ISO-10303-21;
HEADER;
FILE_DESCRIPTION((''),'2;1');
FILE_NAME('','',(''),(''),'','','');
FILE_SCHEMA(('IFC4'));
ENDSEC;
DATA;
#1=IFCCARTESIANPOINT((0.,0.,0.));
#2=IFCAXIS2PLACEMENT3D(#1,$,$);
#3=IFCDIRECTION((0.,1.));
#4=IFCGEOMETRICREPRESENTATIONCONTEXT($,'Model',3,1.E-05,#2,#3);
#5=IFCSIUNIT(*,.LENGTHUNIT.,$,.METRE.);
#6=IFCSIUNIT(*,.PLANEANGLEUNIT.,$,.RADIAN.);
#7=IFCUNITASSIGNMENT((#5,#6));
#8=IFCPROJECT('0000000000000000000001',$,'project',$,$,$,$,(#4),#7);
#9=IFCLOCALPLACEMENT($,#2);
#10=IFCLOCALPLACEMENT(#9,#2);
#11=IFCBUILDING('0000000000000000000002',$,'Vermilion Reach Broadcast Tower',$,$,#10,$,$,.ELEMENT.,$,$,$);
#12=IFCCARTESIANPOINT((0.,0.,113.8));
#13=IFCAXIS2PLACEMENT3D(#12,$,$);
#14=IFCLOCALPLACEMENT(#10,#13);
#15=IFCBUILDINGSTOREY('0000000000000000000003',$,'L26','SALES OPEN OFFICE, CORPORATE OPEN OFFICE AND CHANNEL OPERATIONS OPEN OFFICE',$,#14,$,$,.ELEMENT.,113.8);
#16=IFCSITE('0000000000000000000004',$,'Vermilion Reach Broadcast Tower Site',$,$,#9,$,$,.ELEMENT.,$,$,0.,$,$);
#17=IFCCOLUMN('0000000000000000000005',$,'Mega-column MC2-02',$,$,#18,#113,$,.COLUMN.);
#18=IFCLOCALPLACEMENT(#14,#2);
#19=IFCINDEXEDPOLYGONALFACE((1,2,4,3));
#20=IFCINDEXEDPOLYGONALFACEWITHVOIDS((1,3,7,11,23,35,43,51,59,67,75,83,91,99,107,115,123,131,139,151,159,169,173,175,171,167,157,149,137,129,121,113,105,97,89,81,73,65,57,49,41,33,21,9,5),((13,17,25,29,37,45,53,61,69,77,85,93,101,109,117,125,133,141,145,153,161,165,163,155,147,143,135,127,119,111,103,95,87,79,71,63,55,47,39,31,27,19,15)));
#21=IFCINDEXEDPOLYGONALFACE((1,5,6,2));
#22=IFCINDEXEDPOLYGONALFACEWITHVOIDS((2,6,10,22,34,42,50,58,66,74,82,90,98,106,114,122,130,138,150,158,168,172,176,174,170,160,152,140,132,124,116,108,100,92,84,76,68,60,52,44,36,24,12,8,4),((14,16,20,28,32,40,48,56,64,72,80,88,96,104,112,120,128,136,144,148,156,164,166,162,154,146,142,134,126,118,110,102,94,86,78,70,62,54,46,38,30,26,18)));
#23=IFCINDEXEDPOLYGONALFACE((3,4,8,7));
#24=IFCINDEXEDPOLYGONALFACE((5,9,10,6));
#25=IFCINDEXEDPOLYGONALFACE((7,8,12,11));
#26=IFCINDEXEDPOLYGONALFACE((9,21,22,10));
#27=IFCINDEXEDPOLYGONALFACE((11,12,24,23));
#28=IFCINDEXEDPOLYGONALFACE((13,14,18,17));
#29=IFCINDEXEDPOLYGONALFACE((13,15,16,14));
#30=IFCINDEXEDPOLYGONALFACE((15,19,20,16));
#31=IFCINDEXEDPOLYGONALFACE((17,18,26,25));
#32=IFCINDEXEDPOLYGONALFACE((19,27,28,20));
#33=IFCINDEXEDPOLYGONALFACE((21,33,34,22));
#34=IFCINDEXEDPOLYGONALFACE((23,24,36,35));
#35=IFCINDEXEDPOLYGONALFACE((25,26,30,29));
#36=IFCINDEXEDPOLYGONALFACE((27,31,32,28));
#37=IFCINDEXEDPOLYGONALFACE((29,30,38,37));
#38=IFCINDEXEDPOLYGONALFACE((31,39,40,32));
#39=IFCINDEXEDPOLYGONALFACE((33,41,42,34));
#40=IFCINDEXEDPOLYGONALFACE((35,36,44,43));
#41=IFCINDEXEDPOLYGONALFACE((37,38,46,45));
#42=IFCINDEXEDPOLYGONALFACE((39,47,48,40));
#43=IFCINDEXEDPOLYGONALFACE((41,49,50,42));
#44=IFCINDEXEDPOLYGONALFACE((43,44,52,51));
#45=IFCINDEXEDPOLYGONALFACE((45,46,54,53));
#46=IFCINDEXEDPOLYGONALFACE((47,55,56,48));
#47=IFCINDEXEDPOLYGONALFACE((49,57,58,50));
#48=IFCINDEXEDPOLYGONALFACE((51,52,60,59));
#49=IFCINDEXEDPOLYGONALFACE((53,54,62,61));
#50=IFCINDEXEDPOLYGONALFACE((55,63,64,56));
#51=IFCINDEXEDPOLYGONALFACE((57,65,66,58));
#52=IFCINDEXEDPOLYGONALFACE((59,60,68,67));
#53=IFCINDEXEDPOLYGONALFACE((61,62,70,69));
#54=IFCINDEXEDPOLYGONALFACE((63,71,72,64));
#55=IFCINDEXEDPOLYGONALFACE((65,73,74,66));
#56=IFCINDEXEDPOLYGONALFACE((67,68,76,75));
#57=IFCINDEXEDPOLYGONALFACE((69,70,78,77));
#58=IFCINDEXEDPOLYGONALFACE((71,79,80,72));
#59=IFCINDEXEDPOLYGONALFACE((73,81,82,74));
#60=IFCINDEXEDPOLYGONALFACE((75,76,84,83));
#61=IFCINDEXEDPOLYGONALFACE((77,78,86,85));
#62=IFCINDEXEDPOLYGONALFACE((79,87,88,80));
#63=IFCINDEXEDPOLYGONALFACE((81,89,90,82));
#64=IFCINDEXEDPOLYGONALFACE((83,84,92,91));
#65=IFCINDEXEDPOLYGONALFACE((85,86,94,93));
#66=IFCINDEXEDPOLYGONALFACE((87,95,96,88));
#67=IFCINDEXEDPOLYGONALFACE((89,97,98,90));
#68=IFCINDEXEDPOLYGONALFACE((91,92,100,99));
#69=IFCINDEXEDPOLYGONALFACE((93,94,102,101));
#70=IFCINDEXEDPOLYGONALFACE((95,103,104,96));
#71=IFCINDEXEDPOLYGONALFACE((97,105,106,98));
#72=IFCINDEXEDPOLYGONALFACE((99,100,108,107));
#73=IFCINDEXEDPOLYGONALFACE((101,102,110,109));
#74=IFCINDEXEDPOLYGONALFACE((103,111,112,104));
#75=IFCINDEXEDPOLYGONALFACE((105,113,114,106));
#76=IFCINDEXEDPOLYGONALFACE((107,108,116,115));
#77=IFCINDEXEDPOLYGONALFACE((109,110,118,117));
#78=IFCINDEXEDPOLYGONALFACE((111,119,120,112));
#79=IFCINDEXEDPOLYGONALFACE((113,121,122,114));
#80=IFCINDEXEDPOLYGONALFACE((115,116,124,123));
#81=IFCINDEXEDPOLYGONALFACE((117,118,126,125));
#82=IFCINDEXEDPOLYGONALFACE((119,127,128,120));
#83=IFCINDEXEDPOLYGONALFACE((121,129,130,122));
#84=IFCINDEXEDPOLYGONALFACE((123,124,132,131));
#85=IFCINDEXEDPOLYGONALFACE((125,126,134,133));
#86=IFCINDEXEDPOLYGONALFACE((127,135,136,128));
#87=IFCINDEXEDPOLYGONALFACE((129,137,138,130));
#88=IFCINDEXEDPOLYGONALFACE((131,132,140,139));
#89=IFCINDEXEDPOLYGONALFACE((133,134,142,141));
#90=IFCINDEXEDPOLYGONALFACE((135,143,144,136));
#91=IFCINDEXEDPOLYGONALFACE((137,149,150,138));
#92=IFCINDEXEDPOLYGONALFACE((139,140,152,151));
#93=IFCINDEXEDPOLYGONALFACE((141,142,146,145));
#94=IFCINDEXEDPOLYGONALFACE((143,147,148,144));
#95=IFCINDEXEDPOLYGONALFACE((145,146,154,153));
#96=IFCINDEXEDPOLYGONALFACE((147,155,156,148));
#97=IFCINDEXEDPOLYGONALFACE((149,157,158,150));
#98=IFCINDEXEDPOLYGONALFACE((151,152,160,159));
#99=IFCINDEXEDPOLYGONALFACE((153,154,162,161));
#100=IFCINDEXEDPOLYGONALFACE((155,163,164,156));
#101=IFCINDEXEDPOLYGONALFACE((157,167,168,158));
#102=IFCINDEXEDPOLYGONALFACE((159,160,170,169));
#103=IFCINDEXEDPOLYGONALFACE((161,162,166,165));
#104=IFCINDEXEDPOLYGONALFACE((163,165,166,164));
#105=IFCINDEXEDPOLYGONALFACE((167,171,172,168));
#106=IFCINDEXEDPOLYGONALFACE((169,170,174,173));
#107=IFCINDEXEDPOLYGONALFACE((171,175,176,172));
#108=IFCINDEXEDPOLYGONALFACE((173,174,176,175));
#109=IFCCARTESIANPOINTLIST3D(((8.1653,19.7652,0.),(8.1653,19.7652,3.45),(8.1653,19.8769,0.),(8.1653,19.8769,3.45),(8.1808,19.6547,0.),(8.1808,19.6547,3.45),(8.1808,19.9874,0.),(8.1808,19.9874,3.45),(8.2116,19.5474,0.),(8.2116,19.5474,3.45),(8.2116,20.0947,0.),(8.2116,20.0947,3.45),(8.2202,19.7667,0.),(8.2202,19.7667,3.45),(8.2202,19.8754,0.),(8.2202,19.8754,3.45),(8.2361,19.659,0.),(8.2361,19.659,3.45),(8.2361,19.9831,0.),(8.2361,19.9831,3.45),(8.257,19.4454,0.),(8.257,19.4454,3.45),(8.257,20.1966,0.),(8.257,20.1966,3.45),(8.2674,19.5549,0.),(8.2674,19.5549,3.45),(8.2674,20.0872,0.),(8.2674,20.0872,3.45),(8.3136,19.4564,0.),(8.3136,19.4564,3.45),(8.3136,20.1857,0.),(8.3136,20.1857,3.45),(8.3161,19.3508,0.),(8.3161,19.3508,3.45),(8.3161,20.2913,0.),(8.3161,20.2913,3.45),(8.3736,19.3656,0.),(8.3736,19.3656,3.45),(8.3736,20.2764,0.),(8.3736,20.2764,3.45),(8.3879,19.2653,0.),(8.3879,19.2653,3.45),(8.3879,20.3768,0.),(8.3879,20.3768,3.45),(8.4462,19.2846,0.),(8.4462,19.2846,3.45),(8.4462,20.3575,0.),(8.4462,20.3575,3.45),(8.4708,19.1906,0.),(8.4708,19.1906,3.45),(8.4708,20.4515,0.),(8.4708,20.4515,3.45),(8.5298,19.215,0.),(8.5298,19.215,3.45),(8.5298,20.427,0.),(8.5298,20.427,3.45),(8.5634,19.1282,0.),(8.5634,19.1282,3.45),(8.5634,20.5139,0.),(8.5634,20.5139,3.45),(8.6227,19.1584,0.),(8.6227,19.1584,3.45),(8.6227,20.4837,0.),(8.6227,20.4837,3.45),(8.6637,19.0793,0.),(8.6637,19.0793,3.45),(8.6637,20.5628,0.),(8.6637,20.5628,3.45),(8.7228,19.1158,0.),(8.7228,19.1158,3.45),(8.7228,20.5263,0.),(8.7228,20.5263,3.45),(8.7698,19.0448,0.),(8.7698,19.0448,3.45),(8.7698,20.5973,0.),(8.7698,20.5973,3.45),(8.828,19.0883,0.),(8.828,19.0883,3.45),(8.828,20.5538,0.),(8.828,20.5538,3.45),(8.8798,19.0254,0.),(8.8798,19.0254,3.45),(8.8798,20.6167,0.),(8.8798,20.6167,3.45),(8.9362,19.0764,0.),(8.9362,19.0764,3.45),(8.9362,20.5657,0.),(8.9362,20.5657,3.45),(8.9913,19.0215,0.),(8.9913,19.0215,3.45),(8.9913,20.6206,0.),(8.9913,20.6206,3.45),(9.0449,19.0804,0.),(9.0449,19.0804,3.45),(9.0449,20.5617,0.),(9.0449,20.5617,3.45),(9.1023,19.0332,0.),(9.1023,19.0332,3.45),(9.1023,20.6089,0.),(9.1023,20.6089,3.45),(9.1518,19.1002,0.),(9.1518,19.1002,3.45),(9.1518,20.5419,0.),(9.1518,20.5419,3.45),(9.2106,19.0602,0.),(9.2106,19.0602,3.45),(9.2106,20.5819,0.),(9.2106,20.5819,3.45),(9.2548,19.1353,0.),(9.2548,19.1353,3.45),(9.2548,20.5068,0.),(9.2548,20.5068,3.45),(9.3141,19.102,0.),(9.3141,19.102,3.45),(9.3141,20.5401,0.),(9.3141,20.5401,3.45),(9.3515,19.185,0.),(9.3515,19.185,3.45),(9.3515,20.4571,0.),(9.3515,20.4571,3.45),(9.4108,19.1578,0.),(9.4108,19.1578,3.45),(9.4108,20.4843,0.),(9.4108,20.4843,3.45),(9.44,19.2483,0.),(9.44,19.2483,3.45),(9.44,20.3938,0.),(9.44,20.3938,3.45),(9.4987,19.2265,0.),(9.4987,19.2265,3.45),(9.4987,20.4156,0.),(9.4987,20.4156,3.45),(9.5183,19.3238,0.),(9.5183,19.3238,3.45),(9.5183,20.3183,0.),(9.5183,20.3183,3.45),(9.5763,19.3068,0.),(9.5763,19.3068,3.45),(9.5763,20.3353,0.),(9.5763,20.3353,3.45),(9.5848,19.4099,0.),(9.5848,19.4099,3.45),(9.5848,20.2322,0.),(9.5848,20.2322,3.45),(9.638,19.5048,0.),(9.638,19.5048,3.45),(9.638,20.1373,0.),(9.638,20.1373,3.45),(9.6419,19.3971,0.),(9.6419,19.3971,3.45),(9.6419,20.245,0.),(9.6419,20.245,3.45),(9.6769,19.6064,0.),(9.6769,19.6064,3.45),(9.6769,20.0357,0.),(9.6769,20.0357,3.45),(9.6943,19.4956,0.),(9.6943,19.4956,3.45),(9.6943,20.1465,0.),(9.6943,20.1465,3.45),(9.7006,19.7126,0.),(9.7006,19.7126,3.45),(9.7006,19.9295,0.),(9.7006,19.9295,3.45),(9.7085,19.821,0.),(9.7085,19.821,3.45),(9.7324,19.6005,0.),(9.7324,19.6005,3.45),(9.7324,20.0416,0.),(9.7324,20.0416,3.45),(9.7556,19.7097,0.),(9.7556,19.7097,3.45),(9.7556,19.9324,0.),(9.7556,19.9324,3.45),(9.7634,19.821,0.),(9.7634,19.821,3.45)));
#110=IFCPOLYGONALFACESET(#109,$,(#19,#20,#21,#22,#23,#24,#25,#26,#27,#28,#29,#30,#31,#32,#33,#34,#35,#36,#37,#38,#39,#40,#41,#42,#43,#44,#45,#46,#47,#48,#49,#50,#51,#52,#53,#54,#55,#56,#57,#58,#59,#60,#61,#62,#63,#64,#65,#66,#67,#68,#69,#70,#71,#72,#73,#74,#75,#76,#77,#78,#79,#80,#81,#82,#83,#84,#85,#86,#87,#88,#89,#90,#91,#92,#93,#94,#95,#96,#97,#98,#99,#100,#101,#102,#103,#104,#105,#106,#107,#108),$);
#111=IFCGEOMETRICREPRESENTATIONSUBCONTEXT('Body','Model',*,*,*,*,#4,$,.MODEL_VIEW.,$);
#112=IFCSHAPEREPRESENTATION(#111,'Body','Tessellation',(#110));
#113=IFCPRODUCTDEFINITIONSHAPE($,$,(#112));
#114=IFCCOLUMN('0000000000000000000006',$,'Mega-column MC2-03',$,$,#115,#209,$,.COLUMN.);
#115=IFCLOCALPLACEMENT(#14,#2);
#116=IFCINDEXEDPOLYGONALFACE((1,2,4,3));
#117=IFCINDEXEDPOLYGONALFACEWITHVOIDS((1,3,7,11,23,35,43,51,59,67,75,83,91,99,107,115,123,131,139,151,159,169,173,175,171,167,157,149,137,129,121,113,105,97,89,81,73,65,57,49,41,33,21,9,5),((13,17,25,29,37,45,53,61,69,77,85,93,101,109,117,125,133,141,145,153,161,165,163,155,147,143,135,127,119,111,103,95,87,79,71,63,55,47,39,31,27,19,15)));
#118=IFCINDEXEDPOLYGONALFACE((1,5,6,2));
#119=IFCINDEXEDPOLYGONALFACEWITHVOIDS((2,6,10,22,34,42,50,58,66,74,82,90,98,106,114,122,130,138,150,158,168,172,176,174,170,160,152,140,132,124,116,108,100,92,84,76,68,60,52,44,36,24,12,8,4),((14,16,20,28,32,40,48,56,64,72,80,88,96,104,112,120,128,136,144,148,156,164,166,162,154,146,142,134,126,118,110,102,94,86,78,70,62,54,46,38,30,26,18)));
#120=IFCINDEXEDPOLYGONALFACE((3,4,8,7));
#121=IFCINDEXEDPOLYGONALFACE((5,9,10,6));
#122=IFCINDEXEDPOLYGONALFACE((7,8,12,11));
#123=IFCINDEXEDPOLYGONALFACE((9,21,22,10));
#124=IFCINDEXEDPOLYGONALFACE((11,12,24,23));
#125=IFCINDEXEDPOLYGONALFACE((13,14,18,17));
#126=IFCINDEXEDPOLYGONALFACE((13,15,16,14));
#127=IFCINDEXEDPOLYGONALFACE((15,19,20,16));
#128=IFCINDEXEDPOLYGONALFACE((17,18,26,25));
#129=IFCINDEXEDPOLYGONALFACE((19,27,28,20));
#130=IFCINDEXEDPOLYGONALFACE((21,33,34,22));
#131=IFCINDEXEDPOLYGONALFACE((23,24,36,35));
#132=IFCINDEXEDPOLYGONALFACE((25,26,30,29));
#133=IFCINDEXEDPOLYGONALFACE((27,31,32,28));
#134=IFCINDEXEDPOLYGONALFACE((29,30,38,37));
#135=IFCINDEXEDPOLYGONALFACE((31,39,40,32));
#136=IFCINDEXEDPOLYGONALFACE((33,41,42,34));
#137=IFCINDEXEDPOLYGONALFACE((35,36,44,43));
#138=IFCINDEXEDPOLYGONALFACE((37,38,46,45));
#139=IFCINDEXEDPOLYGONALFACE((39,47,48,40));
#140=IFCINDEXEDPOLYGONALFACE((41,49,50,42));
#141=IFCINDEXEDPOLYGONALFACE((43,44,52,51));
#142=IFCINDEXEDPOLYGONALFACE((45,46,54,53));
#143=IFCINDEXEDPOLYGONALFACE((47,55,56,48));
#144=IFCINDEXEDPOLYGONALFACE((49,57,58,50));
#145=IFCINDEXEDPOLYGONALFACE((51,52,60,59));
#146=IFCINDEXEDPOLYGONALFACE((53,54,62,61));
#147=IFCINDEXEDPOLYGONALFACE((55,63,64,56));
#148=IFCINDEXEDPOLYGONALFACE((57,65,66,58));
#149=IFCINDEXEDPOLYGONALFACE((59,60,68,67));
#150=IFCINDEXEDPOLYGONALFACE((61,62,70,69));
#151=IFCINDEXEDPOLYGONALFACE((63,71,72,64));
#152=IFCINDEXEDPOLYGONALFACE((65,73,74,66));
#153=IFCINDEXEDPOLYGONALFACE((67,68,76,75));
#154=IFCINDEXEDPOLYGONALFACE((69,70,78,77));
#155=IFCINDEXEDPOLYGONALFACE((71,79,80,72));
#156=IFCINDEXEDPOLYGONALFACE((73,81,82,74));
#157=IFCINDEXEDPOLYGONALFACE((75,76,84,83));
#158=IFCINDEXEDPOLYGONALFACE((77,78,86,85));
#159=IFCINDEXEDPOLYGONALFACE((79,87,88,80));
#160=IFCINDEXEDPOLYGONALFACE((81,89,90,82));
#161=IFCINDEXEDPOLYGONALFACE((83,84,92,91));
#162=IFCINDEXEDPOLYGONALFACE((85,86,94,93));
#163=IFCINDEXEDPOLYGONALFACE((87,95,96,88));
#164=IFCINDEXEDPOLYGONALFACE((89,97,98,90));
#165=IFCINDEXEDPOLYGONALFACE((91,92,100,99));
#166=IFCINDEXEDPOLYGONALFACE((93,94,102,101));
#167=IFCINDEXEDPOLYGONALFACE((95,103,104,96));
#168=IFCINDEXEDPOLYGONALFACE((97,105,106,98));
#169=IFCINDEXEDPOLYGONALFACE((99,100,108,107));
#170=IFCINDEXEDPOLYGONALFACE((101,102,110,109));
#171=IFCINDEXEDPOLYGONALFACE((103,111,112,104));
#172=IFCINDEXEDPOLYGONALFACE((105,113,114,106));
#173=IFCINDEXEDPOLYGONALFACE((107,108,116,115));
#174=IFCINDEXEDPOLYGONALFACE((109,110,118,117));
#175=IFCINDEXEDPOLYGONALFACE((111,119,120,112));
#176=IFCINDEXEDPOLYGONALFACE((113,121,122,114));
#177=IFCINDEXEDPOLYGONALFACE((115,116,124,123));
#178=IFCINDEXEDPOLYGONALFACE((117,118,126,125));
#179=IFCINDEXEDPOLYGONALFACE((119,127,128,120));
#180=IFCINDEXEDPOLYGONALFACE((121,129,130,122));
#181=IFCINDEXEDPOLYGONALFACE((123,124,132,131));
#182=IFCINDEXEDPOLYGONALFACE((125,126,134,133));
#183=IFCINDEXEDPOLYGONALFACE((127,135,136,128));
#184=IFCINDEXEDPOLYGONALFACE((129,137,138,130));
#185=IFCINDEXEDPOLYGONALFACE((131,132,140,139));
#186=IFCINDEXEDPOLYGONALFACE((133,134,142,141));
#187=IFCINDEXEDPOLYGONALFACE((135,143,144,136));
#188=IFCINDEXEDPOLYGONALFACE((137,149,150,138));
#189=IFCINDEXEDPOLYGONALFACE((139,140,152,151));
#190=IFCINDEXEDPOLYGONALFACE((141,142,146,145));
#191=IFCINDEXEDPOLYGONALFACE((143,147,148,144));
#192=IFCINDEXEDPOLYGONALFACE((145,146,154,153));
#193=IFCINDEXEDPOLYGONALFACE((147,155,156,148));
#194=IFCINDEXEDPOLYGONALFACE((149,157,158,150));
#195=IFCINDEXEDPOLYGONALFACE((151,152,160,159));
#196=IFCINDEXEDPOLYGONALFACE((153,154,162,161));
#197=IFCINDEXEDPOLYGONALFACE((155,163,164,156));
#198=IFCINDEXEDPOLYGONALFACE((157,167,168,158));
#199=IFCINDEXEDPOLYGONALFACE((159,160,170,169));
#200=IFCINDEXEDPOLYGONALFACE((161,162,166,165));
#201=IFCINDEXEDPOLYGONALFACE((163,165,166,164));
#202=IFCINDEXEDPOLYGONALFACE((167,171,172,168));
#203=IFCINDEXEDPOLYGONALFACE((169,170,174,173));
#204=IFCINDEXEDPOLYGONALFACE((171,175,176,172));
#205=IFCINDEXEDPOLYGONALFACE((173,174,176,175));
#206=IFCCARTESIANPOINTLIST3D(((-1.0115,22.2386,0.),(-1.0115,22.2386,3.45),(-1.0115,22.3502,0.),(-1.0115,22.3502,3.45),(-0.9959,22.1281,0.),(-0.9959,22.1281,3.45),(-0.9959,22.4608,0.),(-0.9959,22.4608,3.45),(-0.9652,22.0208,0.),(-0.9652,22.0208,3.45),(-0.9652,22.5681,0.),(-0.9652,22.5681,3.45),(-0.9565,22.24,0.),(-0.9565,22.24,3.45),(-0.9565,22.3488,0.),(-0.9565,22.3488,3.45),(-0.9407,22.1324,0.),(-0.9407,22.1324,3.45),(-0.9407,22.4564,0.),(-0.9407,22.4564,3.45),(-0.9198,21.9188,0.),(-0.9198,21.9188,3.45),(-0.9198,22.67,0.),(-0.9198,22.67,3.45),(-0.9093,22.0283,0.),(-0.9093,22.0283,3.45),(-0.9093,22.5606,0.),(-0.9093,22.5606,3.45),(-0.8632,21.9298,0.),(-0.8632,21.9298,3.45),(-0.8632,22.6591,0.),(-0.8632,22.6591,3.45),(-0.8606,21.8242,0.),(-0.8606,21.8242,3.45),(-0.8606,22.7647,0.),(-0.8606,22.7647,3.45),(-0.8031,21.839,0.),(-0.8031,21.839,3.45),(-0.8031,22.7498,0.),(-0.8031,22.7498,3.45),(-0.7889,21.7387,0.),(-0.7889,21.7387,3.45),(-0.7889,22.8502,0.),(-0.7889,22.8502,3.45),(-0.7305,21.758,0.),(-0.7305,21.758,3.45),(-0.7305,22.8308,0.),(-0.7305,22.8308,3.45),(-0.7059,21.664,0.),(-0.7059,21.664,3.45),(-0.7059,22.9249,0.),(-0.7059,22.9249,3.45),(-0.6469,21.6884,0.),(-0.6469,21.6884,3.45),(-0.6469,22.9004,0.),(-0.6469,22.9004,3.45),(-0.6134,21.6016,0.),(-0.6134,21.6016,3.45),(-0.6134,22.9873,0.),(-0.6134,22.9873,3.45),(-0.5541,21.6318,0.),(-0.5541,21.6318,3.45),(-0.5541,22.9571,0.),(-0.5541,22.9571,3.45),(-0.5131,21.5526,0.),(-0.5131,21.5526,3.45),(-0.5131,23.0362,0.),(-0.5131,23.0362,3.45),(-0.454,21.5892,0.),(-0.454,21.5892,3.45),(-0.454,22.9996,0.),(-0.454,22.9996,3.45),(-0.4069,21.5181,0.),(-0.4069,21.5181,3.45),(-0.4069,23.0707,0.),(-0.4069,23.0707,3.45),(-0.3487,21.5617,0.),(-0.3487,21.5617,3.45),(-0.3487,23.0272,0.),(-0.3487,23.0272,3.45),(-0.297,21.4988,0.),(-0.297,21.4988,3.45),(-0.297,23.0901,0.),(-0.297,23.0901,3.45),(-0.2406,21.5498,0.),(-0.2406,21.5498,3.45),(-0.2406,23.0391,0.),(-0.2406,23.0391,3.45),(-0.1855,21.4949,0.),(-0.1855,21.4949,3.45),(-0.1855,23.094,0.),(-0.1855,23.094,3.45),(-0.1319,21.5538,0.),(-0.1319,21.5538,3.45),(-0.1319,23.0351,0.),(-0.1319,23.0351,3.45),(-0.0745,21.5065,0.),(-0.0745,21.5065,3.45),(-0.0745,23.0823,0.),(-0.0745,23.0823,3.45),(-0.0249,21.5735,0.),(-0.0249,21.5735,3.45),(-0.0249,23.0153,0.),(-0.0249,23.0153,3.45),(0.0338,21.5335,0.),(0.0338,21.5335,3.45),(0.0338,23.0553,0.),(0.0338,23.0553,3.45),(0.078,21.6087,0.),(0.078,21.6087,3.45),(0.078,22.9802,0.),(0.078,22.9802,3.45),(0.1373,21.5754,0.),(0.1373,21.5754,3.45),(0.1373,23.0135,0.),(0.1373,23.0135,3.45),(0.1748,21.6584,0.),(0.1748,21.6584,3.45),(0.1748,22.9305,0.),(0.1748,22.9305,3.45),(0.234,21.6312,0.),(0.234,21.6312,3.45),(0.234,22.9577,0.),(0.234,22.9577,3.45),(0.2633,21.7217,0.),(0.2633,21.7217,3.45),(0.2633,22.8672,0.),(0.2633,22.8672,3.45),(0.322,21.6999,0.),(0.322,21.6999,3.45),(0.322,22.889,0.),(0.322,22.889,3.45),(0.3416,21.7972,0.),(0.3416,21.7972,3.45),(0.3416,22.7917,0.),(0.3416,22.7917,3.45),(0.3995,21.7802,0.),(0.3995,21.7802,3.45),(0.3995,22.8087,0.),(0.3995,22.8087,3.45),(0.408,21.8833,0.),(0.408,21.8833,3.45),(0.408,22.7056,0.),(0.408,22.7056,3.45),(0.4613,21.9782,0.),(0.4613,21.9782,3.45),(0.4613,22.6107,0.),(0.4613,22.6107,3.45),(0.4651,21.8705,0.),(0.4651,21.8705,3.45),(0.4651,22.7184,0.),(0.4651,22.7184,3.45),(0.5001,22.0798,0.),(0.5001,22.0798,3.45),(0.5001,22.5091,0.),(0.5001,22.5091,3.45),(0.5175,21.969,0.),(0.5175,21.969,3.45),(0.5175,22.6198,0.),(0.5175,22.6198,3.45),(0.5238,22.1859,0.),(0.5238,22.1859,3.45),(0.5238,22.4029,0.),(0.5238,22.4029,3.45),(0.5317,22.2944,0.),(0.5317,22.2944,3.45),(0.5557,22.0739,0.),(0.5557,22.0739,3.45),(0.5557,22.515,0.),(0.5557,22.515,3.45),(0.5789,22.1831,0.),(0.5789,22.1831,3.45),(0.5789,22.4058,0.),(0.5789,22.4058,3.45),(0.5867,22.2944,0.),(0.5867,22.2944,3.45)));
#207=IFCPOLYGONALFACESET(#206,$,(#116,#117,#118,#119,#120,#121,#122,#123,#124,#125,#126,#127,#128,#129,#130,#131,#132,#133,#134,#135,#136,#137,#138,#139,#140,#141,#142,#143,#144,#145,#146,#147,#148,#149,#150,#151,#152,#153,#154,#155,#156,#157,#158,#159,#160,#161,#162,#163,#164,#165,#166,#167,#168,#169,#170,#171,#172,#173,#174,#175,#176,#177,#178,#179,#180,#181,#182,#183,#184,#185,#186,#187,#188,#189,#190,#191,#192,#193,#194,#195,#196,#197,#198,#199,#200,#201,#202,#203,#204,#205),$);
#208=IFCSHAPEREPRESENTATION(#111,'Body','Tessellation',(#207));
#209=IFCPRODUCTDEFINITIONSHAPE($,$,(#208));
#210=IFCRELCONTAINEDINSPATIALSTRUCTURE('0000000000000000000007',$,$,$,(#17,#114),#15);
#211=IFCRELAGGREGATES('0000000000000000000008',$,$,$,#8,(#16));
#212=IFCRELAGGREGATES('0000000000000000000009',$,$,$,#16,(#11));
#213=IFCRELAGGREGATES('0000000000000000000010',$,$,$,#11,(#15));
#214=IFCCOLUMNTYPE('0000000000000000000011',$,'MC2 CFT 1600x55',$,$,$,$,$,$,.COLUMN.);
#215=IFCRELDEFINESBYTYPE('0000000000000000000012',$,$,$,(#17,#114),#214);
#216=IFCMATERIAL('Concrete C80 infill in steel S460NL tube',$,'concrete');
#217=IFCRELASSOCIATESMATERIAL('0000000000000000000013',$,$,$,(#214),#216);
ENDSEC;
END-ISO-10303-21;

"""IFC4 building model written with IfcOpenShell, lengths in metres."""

from ifc_helpers import new_model, si_unit, direction, frame, origin, origin_2d, place, context, subcontext, project, spatial, hollow_circle, extrude, material, material_profile, profile_set, type_object, element, save


model = new_model("IFC4")

# Units and contexts
model_context = context("Model", 3, precision=1e-05, world=origin(), true_north=direction((0.0, 1.0)))
body_context = subcontext(model_context, "Body", "Model", "MODEL_VIEW")
ifc_project = project(units=[si_unit("LENGTHUNIT", "METRE"), si_unit("PLANEANGLEUNIT", "RADIAN")], contexts=[model_context])

# Site, building, storey
site_placement = place(None, origin())
site = spatial("IfcSite", under=ifc_project, at=site_placement, Name="Vermilion Reach Broadcast Tower Site", CompositionType="ELEMENT", RefElevation=0.0)
building_placement = place(site_placement, origin())
building = spatial("IfcBuilding", under=site, at=building_placement, Name="Vermilion Reach Broadcast Tower", CompositionType="ELEMENT")
storey_placement = place(building_placement, frame((0.0, 0.0, 113.8)))
storey = spatial("IfcBuildingStorey", under=building, at=storey_placement, Name="L26", Description="SALES OPEN OFFICE, CORPORATE OPEN OFFICE AND CHANNEL OPERATIONS OPEN OFFICE", CompositionType="ELEMENT", Elevation=113.8)

# Columns
ifc_material_1 = material(Name="Concrete C80 infill in steel S460NL tube", Category="concrete")
ifc_material_profile_1 = material_profile(ifc_material_1, hollow_circle(Radius=0.8, WallThickness=0.0549, at=origin_2d()), Name="Concrete C80 infill in steel S460NL tube CFT 1600x55")
ifc_profile_set_1 = profile_set([ifc_material_profile_1], Name="Concrete C80 infill in steel S460NL tube")
column_type = type_object("IfcColumnType", Name="MC2 CFT 1600x55", PredefinedType="COLUMN", material=ifc_profile_set_1)
for number, where, z_axis, x_axis, name in (
    (1, (8.9634, 19.821, 0.0), (0.0, 0.0, 1.0), (1.0, 0.0, 0.0), "Mega-column MC2-02"),
    (2, (-0.2134, 22.2944, 0.0), (0.0, 0.0, 1.0), (1.0, 0.0, 0.0), "Mega-column MC2-03"),
):
    element("IfcColumn", number, at=place(storey_placement, frame(where, z_axis=z_axis, x_axis=x_axis)), inside=storey, type_object=column_type, Name=name, PredefinedType="COLUMN", context=body_context, shape_type="SweptSolid", body=[
        extrude(hollow_circle(Radius=0.8, WallThickness=0.0549, at=origin_2d()), origin(), (0.0, 0.0, 1.0), 3.45),
    ])

save(model, "model.ifc")
